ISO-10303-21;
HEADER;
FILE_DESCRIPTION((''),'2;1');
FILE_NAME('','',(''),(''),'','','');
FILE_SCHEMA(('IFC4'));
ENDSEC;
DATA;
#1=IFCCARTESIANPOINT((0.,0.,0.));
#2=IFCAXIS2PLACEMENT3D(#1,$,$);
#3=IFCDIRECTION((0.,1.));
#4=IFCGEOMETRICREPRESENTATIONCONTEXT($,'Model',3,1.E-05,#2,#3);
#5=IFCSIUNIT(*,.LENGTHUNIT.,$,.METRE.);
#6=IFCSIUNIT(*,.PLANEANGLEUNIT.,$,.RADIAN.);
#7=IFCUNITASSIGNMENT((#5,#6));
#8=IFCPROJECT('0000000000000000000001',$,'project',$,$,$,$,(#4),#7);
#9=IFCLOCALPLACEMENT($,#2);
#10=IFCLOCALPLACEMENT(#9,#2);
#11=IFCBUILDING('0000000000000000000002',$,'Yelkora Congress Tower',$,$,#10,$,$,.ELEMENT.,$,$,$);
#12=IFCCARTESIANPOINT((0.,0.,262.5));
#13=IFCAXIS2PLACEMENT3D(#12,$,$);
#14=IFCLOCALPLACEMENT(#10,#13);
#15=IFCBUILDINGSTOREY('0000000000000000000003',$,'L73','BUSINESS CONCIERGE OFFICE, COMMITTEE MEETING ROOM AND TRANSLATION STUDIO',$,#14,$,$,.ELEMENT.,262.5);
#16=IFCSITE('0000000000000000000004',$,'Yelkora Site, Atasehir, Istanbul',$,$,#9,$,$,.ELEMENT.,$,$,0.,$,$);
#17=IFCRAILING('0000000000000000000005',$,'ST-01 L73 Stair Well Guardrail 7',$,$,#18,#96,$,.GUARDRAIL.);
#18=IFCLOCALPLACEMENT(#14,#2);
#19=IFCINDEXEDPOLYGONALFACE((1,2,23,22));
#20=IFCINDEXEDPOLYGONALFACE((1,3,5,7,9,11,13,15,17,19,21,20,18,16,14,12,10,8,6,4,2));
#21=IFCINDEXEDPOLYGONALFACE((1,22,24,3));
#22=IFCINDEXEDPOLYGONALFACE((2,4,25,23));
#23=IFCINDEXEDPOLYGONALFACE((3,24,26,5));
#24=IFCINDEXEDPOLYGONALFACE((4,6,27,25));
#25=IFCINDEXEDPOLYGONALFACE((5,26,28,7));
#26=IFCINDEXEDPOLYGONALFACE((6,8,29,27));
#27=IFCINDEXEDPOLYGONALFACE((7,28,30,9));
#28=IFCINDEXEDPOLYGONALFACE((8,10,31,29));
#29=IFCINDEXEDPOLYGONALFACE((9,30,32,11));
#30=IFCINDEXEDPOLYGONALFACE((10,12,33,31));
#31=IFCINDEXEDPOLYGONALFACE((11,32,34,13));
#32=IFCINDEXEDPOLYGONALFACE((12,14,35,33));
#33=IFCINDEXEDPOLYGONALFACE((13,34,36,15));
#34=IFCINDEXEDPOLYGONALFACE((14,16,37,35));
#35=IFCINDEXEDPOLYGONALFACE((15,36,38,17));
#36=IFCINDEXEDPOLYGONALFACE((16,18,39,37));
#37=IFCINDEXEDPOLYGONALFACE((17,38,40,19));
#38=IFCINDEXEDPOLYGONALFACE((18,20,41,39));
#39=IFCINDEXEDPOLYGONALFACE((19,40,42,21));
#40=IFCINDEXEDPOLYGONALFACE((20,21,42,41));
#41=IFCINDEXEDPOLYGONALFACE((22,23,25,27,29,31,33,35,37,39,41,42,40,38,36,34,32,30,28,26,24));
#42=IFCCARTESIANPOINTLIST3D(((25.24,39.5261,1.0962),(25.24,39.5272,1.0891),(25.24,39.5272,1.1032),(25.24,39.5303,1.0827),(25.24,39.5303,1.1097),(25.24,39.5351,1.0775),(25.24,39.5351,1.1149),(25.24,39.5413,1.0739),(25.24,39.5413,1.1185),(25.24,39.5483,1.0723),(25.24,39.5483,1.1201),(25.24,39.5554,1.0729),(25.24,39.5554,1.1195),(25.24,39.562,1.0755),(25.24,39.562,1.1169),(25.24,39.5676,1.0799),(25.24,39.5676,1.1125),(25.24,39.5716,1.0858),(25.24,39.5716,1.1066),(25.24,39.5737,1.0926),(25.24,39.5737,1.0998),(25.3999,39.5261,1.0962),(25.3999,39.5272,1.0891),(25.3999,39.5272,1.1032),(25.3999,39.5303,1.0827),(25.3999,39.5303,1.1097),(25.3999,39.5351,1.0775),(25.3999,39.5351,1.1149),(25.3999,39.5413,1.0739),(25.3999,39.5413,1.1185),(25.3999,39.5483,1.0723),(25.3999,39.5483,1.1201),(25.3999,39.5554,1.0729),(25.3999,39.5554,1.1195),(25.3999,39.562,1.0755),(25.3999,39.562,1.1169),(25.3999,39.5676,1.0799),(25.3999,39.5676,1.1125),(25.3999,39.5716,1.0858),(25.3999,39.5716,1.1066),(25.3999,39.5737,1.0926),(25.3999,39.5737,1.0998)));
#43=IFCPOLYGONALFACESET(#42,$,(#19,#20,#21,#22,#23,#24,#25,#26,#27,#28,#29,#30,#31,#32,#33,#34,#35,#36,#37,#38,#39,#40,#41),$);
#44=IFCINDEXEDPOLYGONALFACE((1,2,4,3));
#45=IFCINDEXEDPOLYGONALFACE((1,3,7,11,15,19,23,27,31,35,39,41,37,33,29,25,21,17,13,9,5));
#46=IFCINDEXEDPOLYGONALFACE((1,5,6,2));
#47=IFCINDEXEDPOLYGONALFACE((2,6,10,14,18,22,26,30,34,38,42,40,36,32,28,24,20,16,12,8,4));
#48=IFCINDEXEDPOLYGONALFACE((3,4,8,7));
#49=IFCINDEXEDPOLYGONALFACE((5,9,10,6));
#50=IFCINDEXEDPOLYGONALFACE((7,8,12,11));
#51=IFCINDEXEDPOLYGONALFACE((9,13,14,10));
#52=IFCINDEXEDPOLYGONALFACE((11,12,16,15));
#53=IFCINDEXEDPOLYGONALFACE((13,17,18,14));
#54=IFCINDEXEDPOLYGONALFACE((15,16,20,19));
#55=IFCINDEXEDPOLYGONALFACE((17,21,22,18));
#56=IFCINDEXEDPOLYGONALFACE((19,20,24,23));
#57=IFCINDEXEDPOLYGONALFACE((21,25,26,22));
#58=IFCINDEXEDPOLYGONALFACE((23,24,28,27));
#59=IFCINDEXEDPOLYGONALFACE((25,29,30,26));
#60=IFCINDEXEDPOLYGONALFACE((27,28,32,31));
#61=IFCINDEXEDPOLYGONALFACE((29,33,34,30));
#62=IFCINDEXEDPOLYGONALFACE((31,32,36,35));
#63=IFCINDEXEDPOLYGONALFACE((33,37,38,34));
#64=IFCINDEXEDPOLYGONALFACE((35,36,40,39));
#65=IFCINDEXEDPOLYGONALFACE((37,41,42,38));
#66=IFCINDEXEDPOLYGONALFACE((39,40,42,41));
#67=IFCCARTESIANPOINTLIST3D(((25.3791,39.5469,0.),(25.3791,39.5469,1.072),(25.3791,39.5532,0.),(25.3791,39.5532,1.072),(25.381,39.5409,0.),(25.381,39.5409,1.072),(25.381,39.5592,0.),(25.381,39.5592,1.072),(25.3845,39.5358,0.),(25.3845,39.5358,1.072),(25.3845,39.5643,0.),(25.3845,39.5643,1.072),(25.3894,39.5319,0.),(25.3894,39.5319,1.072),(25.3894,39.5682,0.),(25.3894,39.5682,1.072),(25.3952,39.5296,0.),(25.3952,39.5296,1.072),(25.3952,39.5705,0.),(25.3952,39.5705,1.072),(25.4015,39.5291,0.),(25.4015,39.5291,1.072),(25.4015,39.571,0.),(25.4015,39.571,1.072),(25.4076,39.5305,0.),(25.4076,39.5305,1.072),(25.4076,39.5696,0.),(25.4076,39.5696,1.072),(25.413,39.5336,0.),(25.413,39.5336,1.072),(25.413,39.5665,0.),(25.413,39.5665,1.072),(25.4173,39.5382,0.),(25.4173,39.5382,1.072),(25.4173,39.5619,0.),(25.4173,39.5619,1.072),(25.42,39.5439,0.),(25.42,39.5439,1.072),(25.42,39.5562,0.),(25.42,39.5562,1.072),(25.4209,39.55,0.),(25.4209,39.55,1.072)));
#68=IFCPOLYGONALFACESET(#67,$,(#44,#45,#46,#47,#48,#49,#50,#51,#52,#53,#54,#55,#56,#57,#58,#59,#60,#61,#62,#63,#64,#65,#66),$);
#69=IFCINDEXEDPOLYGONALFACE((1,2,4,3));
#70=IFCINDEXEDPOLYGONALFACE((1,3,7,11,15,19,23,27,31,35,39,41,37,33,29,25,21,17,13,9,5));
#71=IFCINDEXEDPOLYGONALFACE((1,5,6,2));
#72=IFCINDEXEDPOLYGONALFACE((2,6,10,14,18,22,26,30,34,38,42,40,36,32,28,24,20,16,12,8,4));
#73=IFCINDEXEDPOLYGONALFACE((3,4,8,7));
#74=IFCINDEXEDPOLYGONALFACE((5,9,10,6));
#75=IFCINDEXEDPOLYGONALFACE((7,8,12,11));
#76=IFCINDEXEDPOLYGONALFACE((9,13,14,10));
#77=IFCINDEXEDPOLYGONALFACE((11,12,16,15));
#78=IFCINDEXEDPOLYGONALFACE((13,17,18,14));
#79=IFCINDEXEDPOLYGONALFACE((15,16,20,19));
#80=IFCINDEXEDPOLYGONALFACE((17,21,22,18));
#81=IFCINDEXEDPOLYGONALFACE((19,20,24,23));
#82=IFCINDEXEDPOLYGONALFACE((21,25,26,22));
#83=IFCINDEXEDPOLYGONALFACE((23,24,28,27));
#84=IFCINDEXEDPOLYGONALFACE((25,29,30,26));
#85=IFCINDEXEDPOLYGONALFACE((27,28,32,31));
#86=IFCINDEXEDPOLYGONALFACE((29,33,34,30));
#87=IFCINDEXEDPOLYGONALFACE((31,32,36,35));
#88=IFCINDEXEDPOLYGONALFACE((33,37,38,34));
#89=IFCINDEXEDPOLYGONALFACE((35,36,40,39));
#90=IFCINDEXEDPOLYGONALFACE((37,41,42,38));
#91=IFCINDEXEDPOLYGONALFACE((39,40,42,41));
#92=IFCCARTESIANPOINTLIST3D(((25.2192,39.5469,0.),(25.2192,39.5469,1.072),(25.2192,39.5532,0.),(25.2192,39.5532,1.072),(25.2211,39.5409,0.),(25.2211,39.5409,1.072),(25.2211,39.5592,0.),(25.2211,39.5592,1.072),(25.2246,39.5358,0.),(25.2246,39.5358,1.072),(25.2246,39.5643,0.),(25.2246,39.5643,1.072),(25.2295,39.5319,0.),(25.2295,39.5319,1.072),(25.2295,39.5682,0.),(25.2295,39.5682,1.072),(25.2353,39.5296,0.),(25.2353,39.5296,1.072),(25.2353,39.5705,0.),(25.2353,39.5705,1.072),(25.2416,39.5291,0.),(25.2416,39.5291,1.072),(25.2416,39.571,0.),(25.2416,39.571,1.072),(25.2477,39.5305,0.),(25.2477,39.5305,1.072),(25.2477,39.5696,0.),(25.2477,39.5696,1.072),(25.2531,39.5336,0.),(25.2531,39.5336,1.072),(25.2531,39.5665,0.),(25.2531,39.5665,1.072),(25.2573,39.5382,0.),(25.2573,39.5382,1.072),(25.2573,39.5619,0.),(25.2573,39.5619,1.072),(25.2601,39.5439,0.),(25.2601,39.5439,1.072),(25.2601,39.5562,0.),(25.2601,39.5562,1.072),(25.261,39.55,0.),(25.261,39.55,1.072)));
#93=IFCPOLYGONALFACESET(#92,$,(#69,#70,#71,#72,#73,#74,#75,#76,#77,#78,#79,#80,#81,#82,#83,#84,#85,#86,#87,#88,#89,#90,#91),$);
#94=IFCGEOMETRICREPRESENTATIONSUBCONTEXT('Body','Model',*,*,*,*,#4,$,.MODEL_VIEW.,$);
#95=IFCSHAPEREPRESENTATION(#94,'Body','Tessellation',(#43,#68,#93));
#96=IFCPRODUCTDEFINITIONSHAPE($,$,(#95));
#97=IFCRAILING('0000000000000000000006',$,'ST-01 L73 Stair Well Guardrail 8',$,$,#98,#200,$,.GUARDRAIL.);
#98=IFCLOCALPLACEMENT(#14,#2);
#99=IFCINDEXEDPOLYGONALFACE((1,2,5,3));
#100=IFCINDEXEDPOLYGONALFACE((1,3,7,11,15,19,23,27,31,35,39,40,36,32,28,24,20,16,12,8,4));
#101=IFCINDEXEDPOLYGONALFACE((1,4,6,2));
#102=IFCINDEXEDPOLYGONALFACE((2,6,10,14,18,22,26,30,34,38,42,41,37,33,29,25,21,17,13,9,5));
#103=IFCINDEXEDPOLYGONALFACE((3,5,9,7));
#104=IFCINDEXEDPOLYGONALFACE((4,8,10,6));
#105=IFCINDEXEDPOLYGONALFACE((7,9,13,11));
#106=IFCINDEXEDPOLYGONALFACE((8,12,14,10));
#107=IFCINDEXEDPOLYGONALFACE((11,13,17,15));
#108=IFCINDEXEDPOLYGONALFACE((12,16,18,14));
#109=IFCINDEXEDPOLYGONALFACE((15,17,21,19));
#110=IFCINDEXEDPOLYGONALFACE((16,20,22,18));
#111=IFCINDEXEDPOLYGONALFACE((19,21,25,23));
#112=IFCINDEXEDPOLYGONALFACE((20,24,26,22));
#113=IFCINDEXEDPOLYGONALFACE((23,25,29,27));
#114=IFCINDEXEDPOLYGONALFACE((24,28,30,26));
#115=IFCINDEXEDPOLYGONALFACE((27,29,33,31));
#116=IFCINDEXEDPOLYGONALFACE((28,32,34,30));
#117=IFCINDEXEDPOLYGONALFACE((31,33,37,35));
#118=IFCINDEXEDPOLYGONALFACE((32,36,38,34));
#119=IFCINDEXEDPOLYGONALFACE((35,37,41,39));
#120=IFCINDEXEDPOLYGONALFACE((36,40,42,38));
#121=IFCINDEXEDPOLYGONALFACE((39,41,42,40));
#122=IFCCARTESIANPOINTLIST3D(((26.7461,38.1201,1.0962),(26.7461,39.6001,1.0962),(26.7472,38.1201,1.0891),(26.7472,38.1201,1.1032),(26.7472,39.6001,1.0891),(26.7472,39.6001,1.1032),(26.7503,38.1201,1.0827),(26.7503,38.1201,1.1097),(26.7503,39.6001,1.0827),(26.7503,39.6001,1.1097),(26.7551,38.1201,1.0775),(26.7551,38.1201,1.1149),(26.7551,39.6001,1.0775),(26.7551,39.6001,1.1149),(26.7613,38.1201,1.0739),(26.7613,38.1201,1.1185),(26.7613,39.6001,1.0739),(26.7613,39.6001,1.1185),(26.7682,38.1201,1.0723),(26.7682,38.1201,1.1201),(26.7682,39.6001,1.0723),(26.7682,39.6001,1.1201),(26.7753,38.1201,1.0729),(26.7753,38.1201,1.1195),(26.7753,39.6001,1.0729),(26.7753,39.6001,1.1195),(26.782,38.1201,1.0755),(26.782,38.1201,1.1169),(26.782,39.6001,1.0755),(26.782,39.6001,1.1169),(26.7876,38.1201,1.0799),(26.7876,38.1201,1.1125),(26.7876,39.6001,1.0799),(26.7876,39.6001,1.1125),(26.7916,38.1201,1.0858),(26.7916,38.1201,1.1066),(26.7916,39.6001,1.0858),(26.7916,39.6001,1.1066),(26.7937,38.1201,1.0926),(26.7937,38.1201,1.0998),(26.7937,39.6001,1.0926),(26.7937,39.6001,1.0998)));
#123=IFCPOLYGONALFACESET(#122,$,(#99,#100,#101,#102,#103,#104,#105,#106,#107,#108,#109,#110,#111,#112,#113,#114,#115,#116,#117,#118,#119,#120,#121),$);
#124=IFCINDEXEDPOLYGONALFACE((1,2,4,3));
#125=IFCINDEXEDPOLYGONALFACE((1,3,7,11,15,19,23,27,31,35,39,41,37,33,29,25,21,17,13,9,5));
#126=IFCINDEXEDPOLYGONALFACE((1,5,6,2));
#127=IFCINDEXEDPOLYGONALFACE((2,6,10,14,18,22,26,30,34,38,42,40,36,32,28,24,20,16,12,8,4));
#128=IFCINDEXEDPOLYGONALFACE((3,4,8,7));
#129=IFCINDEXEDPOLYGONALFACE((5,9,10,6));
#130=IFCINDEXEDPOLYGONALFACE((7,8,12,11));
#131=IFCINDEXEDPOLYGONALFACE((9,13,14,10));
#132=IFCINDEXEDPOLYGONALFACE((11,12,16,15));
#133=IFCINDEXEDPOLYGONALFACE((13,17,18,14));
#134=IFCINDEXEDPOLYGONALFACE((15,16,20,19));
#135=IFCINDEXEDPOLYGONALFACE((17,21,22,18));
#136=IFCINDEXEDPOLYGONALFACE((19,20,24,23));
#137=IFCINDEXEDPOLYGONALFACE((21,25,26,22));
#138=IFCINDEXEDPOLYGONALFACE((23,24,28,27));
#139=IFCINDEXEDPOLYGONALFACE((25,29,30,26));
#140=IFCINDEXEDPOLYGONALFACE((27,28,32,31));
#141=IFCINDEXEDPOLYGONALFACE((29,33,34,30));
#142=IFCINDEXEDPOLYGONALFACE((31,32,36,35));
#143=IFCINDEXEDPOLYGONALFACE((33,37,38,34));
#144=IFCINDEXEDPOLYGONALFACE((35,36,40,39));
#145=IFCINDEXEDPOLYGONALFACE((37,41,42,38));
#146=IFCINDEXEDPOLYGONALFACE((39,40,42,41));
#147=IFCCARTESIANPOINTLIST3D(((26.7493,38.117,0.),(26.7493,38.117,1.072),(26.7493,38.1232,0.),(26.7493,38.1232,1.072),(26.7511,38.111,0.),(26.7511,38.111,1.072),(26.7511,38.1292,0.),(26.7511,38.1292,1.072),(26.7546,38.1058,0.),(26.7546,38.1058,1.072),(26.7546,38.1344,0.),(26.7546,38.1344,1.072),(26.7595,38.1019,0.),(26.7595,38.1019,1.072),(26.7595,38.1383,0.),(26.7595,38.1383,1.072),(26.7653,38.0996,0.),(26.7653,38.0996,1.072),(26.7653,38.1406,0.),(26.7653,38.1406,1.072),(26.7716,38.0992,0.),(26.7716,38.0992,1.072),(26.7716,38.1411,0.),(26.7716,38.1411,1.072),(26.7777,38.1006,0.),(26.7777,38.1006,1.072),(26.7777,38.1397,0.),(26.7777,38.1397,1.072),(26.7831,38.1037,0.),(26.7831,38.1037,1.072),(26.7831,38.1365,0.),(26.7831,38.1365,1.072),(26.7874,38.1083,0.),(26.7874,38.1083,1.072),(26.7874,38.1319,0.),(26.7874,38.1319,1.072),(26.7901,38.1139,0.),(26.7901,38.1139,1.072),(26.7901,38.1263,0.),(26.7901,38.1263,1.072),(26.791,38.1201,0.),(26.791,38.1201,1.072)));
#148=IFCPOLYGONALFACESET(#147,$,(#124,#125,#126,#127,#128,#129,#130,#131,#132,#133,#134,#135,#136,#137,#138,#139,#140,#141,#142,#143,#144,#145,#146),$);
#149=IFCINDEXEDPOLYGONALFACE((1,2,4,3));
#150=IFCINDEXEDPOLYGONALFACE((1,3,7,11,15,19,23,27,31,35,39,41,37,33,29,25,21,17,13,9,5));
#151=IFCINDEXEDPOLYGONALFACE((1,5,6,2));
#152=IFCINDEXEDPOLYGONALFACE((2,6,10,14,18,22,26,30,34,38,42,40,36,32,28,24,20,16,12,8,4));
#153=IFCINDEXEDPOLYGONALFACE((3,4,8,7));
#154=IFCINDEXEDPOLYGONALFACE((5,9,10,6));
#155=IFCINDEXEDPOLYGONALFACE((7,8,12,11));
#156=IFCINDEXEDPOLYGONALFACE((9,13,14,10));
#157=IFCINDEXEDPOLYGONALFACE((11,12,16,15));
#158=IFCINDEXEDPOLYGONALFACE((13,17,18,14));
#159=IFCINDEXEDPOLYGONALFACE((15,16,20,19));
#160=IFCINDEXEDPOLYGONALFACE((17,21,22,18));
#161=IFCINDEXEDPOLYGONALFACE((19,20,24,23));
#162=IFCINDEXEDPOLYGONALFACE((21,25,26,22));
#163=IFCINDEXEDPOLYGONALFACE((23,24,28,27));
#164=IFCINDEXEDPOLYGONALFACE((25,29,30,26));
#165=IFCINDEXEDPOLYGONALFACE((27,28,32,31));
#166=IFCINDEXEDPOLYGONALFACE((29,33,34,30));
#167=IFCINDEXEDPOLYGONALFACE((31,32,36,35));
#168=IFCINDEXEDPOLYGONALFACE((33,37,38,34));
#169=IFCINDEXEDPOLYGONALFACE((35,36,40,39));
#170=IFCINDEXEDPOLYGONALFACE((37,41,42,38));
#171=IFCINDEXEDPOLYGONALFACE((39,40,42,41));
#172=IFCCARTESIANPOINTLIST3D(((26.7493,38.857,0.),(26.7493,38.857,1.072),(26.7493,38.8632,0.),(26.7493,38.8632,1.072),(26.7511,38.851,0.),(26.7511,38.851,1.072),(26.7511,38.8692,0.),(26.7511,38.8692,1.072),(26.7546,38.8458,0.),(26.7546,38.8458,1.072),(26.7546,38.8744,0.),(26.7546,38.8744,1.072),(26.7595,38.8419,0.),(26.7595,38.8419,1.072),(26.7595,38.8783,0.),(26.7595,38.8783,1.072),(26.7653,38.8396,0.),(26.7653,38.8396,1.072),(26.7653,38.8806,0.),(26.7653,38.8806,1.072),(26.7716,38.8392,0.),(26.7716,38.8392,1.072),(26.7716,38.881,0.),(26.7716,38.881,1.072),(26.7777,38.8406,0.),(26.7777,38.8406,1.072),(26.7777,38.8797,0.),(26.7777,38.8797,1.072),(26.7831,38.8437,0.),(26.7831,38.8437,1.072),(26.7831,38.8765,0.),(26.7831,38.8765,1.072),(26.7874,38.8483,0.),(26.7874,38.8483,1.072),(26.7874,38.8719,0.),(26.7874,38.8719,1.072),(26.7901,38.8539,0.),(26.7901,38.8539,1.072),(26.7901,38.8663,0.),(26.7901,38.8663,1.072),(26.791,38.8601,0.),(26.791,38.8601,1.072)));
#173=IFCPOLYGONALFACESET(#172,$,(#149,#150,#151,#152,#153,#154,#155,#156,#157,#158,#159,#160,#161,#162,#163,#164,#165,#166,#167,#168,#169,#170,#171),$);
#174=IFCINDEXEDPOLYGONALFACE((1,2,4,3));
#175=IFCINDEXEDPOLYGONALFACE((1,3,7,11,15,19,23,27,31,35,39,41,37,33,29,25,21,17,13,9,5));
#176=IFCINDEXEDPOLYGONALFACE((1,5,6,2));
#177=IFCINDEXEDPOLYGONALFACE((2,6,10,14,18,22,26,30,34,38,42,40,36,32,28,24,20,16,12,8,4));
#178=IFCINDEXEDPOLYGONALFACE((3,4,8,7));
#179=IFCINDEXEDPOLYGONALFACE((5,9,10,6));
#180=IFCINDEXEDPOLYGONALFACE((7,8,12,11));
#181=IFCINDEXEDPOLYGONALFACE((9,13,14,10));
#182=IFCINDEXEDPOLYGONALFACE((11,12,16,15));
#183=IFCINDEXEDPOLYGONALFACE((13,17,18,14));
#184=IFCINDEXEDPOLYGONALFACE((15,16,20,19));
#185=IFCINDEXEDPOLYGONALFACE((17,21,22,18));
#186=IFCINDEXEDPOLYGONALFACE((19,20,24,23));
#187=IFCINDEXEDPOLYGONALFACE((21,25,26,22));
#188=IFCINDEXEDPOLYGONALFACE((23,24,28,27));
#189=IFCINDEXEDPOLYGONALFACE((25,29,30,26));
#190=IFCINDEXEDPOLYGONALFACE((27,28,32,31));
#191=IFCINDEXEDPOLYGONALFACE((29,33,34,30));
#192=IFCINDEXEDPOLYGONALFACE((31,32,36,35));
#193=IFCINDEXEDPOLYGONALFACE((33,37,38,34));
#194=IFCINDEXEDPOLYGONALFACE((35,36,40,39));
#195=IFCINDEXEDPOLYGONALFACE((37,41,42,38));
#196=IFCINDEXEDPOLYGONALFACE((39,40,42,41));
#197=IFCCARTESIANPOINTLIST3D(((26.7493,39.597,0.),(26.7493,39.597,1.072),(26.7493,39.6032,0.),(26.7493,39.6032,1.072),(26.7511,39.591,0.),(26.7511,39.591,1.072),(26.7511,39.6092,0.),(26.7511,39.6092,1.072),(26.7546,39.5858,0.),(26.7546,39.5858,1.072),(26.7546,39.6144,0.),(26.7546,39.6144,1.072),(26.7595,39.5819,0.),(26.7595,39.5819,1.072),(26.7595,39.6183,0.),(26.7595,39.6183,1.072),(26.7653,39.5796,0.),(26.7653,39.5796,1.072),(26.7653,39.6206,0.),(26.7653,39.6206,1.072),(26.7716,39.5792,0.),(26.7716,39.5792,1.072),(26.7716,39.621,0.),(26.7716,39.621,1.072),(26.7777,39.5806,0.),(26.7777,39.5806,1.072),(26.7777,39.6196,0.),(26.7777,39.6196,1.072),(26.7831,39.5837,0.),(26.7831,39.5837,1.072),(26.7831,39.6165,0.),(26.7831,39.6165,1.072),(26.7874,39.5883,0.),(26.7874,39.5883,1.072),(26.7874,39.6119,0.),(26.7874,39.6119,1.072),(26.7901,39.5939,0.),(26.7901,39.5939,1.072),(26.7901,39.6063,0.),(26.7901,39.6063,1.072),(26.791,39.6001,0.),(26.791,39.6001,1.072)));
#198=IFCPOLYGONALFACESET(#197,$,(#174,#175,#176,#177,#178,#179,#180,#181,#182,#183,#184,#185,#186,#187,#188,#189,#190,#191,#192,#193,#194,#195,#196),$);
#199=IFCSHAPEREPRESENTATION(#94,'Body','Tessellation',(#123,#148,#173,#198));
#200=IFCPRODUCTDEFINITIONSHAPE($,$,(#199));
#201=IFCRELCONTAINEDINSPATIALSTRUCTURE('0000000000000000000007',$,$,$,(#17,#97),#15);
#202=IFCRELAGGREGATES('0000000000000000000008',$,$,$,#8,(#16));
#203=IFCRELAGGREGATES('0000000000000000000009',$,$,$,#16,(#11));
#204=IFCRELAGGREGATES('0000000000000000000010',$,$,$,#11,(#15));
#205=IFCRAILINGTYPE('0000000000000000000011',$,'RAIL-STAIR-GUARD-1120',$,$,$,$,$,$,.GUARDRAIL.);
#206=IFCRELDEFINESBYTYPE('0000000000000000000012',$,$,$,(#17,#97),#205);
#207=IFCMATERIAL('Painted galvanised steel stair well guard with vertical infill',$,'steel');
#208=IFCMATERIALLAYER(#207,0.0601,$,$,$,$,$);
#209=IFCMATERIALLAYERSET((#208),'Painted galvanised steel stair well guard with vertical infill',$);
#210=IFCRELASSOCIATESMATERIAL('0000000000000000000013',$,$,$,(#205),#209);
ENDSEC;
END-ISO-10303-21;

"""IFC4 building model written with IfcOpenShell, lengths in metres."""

from ifc_helpers import new_model, si_unit, direction, frame, origin, origin_2d, place, context, subcontext, project, spatial, circle, extrude, material, layer, layer_set, type_object, element, save


model = new_model("IFC4")

# Units and contexts
model_context = context("Model", 3, precision=1e-05, world=origin(), true_north=direction((0.0, 1.0)))
body_context = subcontext(model_context, "Body", "Model", "MODEL_VIEW")
ifc_project = project(units=[si_unit("LENGTHUNIT", "METRE"), si_unit("PLANEANGLEUNIT", "RADIAN")], contexts=[model_context])

# Site, building, storey
site_placement = place(None, origin())
site = spatial("IfcSite", under=ifc_project, at=site_placement, Name="Yelkora Site, Atasehir, Istanbul", CompositionType="ELEMENT", RefElevation=0.0)
building_placement = place(site_placement, origin())
building = spatial("IfcBuilding", under=site, at=building_placement, Name="Yelkora Congress Tower", CompositionType="ELEMENT")
storey_placement = place(building_placement, frame((0.0, 0.0, 262.5)))
storey = spatial("IfcBuildingStorey", under=building, at=storey_placement, Name="L73", Description="BUSINESS CONCIERGE OFFICE, COMMITTEE MEETING ROOM AND TRANSLATION STUDIO", CompositionType="ELEMENT", Elevation=262.5)

# Railings
ifc_material_1 = material(Name="Painted galvanised steel stair well guard with vertical infill", Category="steel")
ifc_layer_1 = layer(ifc_material_1, 0.0601)
ifc_layer_set_1 = layer_set([ifc_layer_1], Name="Painted galvanised steel stair well guard with vertical infill")
railing_type_1 = type_object("IfcRailingType", Name="RAIL-STAIR-GUARD-1120", PredefinedType="GUARDRAIL", material=ifc_layer_set_1)
railing_1_placement = place(storey_placement, frame((25.3999, 39.55, 0.0)))
element("IfcRailing", 1, at=railing_1_placement, inside=storey, type_object=railing_type_1, Name="ST-01 L73 Stair Well Guardrail 7", PredefinedType="GUARDRAIL", context=body_context, shape_type="SweptSolid", body=[
    extrude(circle(Radius=0.0239, at=origin_2d()), frame((0.0, 0.0, 1.0962), z_axis=(-1.0, 0.0, 0.0), x_axis=(0.0, -1.0, 0.0)), (0.0, 0.0, 1.0), 0.1599),
    extrude(circle(Radius=0.021, at=origin_2d()), origin(), (0.0, 0.0, 1.0), 1.072),
    extrude(circle(Radius=0.021, at=origin_2d()), frame((-0.1599, 0.0, 0.0)), (0.0, 0.0, 1.0), 1.072),
])
for number, where, name in (
    (2, (26.77, 38.1201, 0.0), "ST-01 L73 Stair Well Guardrail 8"),
):
    element("IfcRailing", number, at=place(storey_placement, frame(where)), inside=storey, type_object=railing_type_1, Name=name, PredefinedType="GUARDRAIL", context=body_context, shape_type="SweptSolid", body=[
        extrude(circle(Radius=0.0239, at=origin_2d()), frame((0.0, 0.0, 1.0962), z_axis=(0.0, 1.0, 0.0), x_axis=(-1.0, 0.0, 0.0)), (0.0, 0.0, 1.0), 1.48),
        extrude(circle(Radius=0.021, at=origin_2d()), origin(), (0.0, 0.0, 1.0), 1.072),
        extrude(circle(Radius=0.021, at=origin_2d()), frame((0.0, 0.74, 0.0)), (0.0, 0.0, 1.0), 1.072),
        extrude(circle(Radius=0.021, at=origin_2d()), frame((0.0, 1.48, 0.0)), (0.0, 0.0, 1.0), 1.072),
    ])

save(model, "model.ifc")
